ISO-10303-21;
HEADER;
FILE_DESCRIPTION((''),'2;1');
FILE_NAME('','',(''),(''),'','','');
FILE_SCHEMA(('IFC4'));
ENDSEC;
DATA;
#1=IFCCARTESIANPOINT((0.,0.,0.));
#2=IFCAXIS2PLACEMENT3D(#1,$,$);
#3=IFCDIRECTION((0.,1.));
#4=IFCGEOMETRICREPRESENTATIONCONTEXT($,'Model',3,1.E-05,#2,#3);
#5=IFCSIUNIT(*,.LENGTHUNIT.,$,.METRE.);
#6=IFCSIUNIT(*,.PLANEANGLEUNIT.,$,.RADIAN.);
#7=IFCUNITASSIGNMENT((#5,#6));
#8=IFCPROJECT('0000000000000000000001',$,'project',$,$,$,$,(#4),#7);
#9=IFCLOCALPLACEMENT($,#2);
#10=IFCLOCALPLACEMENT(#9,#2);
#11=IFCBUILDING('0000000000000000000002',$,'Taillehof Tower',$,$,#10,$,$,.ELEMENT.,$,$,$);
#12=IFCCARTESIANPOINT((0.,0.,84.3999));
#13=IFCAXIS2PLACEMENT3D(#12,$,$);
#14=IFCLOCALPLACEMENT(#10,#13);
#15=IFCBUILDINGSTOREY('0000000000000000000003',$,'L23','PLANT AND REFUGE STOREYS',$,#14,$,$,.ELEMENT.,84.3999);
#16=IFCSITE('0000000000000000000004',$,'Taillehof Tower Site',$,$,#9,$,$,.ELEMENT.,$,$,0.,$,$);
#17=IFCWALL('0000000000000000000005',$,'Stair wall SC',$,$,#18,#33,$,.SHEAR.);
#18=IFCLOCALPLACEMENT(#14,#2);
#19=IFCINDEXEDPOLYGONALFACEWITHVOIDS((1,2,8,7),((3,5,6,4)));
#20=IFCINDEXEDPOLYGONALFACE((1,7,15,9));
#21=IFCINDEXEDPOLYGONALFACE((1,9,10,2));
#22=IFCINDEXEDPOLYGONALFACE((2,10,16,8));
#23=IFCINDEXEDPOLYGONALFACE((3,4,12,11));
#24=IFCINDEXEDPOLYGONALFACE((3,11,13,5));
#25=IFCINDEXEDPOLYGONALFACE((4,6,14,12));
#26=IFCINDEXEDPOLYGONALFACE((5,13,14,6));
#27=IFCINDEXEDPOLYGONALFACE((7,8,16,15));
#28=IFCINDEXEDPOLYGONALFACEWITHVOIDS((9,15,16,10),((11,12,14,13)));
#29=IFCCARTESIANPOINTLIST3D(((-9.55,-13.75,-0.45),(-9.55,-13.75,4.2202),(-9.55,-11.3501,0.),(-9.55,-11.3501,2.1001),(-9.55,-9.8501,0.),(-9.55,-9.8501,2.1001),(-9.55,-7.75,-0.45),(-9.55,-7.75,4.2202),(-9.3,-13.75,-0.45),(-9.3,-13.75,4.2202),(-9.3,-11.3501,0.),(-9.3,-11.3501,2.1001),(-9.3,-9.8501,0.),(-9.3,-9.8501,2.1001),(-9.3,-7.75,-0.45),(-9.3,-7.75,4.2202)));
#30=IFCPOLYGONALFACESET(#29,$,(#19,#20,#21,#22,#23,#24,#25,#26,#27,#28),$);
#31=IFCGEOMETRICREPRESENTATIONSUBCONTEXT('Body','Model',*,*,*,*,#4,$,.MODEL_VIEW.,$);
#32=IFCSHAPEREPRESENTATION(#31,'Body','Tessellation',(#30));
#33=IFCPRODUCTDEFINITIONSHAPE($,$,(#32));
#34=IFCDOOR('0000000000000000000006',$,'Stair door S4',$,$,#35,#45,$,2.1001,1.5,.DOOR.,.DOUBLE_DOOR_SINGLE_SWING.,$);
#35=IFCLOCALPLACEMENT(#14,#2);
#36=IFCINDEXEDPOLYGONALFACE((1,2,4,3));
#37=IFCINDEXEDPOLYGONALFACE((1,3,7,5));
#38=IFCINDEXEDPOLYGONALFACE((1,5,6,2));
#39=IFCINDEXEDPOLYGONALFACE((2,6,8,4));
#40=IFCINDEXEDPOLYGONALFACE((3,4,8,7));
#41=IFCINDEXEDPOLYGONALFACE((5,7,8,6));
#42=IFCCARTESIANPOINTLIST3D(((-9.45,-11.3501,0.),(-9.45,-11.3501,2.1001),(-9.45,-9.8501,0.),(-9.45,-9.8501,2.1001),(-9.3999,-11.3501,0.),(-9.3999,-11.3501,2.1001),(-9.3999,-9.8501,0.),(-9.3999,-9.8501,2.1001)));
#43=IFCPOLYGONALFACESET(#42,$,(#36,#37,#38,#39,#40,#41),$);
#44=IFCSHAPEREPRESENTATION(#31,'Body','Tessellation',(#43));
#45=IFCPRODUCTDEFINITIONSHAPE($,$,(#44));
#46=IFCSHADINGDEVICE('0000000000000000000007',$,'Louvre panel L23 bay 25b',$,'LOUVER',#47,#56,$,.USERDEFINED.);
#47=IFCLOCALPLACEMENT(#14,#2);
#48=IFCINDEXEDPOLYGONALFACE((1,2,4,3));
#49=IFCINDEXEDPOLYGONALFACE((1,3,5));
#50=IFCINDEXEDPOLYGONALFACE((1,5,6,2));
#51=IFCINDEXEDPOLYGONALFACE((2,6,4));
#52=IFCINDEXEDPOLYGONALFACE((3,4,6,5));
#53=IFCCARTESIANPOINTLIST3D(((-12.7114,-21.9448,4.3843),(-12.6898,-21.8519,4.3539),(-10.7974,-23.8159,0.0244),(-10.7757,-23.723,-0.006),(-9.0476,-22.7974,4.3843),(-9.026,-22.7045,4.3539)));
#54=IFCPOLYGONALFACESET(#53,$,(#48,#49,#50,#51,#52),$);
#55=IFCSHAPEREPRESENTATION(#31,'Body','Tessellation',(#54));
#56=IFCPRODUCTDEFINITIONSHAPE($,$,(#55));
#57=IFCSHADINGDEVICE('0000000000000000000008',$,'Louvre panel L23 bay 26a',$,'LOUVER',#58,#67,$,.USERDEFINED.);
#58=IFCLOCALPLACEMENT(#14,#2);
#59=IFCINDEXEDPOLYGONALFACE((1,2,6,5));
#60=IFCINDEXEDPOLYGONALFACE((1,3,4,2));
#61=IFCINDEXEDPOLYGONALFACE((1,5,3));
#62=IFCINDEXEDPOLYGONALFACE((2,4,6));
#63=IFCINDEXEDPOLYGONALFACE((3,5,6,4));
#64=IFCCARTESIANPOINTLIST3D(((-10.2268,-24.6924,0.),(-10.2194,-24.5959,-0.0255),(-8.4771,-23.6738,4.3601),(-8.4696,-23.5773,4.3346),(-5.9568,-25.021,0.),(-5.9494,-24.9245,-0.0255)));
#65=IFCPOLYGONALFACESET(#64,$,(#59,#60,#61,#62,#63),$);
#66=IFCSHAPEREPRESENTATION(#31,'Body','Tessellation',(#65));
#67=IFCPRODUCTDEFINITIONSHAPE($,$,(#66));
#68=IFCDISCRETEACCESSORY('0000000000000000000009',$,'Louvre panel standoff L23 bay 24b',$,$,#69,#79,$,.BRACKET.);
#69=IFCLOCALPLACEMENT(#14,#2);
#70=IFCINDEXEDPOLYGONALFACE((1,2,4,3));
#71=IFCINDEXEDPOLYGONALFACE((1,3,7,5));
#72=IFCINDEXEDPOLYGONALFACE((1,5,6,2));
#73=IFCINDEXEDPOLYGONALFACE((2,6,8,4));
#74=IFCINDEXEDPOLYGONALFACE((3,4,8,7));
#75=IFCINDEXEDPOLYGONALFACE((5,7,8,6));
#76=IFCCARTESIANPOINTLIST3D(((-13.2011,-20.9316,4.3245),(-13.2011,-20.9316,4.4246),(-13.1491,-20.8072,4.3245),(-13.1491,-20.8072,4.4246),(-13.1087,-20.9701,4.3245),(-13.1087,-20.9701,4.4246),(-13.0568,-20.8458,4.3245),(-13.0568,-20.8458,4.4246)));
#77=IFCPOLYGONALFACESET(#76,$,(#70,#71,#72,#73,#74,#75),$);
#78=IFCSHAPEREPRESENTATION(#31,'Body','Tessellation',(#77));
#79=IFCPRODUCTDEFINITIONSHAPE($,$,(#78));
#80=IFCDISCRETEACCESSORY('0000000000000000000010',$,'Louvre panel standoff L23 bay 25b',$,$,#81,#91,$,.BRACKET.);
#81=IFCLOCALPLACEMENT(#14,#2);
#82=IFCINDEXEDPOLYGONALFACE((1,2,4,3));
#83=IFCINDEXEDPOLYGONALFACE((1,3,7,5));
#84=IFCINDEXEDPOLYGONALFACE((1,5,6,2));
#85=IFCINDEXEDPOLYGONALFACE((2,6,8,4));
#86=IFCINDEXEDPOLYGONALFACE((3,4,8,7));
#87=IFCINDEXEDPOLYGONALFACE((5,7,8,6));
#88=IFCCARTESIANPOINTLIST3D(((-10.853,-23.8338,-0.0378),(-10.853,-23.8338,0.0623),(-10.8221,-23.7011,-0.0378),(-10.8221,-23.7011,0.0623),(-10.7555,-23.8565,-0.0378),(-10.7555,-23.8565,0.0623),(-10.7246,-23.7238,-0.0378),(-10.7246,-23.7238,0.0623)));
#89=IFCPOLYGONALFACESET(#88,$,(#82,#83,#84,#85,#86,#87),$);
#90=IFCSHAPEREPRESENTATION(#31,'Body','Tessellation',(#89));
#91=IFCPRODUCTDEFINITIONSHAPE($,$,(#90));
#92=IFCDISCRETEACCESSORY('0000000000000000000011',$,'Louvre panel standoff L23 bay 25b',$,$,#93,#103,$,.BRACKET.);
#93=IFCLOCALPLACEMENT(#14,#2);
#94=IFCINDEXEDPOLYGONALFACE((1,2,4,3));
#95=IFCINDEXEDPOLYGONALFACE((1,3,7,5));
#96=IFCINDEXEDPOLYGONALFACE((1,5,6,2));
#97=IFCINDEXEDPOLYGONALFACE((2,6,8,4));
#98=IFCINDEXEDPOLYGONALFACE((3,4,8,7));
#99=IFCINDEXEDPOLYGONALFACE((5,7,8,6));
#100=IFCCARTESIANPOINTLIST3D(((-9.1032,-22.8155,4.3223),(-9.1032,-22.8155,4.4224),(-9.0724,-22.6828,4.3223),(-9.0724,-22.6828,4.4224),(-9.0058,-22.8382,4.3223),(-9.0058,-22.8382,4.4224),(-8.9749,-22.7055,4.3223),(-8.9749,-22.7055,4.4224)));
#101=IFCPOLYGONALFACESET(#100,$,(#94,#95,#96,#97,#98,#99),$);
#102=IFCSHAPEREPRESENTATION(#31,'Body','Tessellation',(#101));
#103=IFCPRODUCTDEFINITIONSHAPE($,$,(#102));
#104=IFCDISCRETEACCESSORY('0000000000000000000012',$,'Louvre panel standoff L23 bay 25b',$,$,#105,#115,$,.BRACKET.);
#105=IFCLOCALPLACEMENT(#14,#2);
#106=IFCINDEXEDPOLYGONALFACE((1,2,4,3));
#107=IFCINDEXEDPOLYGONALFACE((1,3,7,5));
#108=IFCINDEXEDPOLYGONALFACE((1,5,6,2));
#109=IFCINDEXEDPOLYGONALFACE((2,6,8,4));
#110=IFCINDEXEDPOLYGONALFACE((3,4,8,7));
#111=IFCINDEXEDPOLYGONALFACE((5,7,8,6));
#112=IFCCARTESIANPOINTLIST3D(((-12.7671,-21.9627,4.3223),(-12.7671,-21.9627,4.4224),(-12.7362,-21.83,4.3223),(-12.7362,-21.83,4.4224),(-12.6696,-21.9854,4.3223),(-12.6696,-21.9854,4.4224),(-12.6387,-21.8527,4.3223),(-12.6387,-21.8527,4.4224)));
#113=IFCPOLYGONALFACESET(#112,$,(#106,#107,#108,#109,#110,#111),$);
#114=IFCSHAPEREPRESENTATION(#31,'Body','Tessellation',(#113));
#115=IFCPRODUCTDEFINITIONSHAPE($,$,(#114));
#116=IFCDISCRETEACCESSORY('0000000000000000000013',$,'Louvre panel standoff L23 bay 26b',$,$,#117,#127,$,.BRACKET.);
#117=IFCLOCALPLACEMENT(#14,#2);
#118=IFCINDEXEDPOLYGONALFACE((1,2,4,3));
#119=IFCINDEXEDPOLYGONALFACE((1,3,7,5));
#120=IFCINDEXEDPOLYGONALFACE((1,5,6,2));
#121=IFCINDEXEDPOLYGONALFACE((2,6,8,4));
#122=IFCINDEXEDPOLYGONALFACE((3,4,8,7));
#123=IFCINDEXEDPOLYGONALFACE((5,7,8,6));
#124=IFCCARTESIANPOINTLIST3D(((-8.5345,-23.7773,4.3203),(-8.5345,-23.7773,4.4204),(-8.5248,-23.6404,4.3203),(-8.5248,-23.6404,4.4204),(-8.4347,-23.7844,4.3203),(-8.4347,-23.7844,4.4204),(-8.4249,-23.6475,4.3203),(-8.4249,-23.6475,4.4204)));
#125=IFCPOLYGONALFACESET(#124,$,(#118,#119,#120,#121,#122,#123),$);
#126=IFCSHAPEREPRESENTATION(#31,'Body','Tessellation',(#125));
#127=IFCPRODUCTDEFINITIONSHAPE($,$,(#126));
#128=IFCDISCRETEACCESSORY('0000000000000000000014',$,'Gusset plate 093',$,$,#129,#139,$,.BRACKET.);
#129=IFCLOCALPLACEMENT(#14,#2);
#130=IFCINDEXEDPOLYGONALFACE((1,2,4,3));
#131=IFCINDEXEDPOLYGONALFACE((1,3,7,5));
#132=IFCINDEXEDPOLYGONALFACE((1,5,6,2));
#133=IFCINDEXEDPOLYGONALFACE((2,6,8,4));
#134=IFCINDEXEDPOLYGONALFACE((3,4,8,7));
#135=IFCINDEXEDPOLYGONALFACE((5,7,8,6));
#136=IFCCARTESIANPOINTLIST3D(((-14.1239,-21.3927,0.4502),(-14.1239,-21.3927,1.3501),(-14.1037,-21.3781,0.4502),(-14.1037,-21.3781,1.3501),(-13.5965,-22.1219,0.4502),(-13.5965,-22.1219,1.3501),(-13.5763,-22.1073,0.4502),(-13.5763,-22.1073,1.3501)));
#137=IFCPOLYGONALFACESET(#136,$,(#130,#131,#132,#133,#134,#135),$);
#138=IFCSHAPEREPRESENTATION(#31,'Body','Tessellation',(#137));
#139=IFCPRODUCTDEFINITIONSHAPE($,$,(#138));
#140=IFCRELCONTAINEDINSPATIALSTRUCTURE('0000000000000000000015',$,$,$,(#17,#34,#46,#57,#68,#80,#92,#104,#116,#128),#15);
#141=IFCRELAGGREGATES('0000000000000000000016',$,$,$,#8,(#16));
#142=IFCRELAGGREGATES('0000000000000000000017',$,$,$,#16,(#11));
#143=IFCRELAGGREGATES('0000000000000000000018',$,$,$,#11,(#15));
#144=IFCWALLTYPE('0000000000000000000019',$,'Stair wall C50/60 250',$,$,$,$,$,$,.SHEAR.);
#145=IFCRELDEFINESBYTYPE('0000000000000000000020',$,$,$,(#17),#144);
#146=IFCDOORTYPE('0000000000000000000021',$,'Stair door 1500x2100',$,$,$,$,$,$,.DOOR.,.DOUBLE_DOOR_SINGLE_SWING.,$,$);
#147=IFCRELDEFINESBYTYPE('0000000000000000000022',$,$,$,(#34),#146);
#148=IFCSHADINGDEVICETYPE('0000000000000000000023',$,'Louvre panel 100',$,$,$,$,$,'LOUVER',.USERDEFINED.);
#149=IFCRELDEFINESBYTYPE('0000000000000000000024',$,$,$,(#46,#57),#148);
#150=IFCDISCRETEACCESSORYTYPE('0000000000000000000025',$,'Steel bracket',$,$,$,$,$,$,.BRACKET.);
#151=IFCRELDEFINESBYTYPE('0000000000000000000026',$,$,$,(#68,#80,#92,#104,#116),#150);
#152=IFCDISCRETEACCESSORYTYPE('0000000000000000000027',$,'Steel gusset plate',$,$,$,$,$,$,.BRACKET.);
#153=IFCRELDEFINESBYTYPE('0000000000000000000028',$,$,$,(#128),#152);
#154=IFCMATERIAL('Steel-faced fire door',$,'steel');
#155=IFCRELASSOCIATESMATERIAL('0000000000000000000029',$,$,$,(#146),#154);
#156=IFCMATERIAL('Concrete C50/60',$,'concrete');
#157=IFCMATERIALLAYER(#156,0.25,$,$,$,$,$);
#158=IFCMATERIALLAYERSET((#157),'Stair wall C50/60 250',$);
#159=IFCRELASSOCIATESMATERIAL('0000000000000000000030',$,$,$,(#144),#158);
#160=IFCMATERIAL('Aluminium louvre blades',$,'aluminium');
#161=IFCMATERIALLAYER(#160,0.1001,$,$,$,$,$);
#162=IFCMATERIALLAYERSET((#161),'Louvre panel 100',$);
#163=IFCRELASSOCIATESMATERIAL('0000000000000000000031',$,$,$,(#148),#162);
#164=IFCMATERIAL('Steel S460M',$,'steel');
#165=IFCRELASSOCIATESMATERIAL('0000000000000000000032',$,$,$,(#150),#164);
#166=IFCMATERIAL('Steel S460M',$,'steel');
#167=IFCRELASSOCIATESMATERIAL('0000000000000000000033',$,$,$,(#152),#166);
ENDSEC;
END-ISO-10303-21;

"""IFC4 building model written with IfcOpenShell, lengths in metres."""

from ifc_helpers import new_model, si_unit, direction, frame, frame_2d, origin, origin_2d, place, context, subcontext, project, spatial, polyline, rectangle, outline, extrude, material, layer, layer_set, type_object, element, fill, save


model = new_model("IFC4")

# Units and contexts
model_context = context("Model", 3, precision=1e-05, world=origin(), true_north=direction((0.0, 1.0)))
body_context = subcontext(model_context, "Body", "Model", "MODEL_VIEW")
ifc_project = project(units=[si_unit("LENGTHUNIT", "METRE"), si_unit("PLANEANGLEUNIT", "RADIAN")], contexts=[model_context])

# Site, building, storey
site_placement = place(None, origin())
site = spatial("IfcSite", under=ifc_project, at=site_placement, Name="Taillehof Tower Site", CompositionType="ELEMENT", RefElevation=0.0)
building_placement = place(site_placement, origin())
building = spatial("IfcBuilding", under=site, at=building_placement, Name="Taillehof Tower", CompositionType="ELEMENT")
storey_placement = place(building_placement, frame((0.0, 0.0, 84.3999)))
storey = spatial("IfcBuildingStorey", under=building, at=storey_placement, Name="L23", Description="PLANT AND REFUGE STOREYS", CompositionType="ELEMENT", Elevation=84.3999)

# Wall, opening, door
ifc_material_1 = material(Name="Steel-faced fire door", Category="steel")
door_type_1 = type_object("IfcDoorType", Name="Stair door 1500x2100", OperationType="DOUBLE_DOOR_SINGLE_SWING", PredefinedType="DOOR", material=ifc_material_1)
ifc_material_2 = material(Name="Concrete C50/60", Category="concrete")
ifc_layer_1 = layer(ifc_material_2, 0.25)
ifc_layer_set_1 = layer_set([ifc_layer_1], Name="Stair wall C50/60 250")
wall_type_1 = type_object("IfcWallType", Name="Stair wall C50/60 250", PredefinedType="SHEAR", material=ifc_layer_set_1)
wall_1_placement = place(storey_placement, frame((-9.425, -13.75, -0.45), z_axis=(0.0, 0.0, 1.0), x_axis=(0.0, 1.0, 0.0)))
wall_1 = element("IfcWall", 1, at=wall_1_placement, inside=storey, type_object=wall_type_1, Name="Stair wall SC", PredefinedType="SHEAR", context=body_context, shape_type="SweptSolid", body=[
    extrude(rectangle(XDim=6.0, YDim=0.25, at=frame_2d((3.0, 0.0))), origin(), (0.0, 0.0, 1.0), 4.6702),
])
opening_1_placement = place(wall_1_placement, frame((2.3999, 0.0, 0.45)))
opening_1 = element("IfcOpeningElement", 2, at=opening_1_placement, cuts=wall_1, PredefinedType="OPENING", context=body_context, shape_type="SweptSolid", body=[
    extrude(rectangle(XDim=1.5, YDim=2.1001, at=frame_2d((0.75, 1.05))), frame((0.0, 0.135, 0.0), z_axis=(0.0, -1.0, 0.0), x_axis=(1.0, 0.0, 0.0)), (0.0, 0.0, 1.0), 0.27),
])
door_1_placement = place(opening_1_placement, origin())
door_1 = element("IfcDoor", 3, at=door_1_placement, inside=storey, type_object=door_type_1, Name="Stair door S4", OperationType="DOUBLE_DOOR_SINGLE_SWING", OverallHeight=2.1001, OverallWidth=1.5, PredefinedType="DOOR", context=body_context, shape_type="SweptSolid", body=[
    extrude(rectangle(XDim=1.5, YDim=2.1001, at=frame_2d((0.75, 1.05))), frame((0.0, 0.0249, 0.0), z_axis=(0.0, -1.0, 0.0), x_axis=(1.0, 0.0, 0.0)), (0.0, 0.0, 1.0), 0.05),
])
fill(opening_1, door_1)

# Shading devices
ifc_material_3 = material(Name="Aluminium louvre blades", Category="aluminium")
ifc_layer_2 = layer(ifc_material_3, 0.1001)
ifc_layer_set_2 = layer_set([ifc_layer_2], Name="Louvre panel 100")
shading_device_type = type_object("IfcShadingDeviceType", Name="Louvre panel 100", ElementType="LOUVER", PredefinedType="USERDEFINED", material=ifc_layer_set_2)
shading_device_1_placement = place(storey_placement, frame((-10.7974, -23.8159, 0.0244), z_axis=(-0.215948, -0.928045, 0.303478), x_axis=(0.364, 0.211889, 0.906977)))
element("IfcShadingDevice", 4, at=shading_device_1_placement, inside=storey, type_object=shading_device_type, Name="Louvre panel L23 bay 25b", ObjectType="LOUVER", PredefinedType="USERDEFINED", context=body_context, shape_type="SweptSolid", body=[
    extrude(outline(polyline([(0.0, 0.0), (4.807, 0.0), (3.654, 3.5806), (0.0, 0.0)])), origin(), (0.0, 0.0, -1.0), 0.1001),
])
shading_device_2_placement = place(storey_placement, frame((-10.2268, -24.6924, 0.0), z_axis=(-0.074195, -0.964092, 0.254994), x_axis=(0.997052, -0.076731, 0.0)))
element("IfcShadingDevice", 5, at=shading_device_2_placement, inside=storey, type_object=shading_device_type, Name="Louvre panel L23 bay 26a", ObjectType="LOUVER", PredefinedType="USERDEFINED", context=body_context, shape_type="SweptSolid", body=[
    extrude(outline(polyline([(0.0, 0.0), (4.2826, 0.0), (1.6664, 4.5092), (0.0, 0.0)])), origin(), (0.0, 0.0, -1.0), 0.1001),
])

# Discrete accessories
ifc_material_4 = material(Name="Steel S460M", Category="steel")
discrete_accessory_type_1 = type_object("IfcDiscreteAccessoryType", Name="Steel bracket", PredefinedType="BRACKET", material=ifc_material_4)
discrete_accessory_1_placement = place(storey_placement, frame((-13.1289, -20.8887, 4.3245), z_axis=(0.0, 0.0, 1.0), x_axis=(-0.385471, -0.92272, 0.0)))
element("IfcDiscreteAccessory", 6, at=discrete_accessory_1_placement, inside=storey, type_object=discrete_accessory_type_1, Name="Louvre panel standoff L23 bay 24b", PredefinedType="BRACKET", context=body_context, shape_type="SweptSolid", body=[
    extrude(rectangle(XDim=0.1348, YDim=0.1001, at=origin_2d()), origin(), (0.0, 0.0, 1.0), 0.1001),
])
for number, where, z_axis, x_axis, name in (
    (7, (-10.7888, -23.7788, -0.0378), (0.0, 0.0, 1.0), (-0.226655, -0.973975, 0.0), "Louvre panel standoff L23 bay 25b"),
    (8, (-9.0391, -22.7605, 4.3223), (0.0, 0.0, 1.0), (-0.226655, -0.973975, 0.0), "Louvre panel standoff L23 bay 25b"),
    (9, (-12.7029, -21.9077, 4.3223), (0.0, 0.0, 1.0), (-0.226655, -0.973975, 0.0), "Louvre panel standoff L23 bay 25b"),
):
    element("IfcDiscreteAccessory", number, at=place(storey_placement, frame(where, z_axis=z_axis, x_axis=x_axis)), inside=storey, type_object=discrete_accessory_type_1, Name=name, PredefinedType="BRACKET", context=body_context, shape_type="SweptSolid", body=[
        extrude(rectangle(XDim=0.1362, YDim=0.1001, at=origin_2d()), origin(), (0.0, 0.0, 1.0), 0.1001),
    ])
discrete_accessory_2_placement = place(storey_placement, frame((-8.4797, -23.7124, 4.3203), z_axis=(0.0, 0.0, 1.0), x_axis=(-0.071069, -0.997471, 0.0)))
element("IfcDiscreteAccessory", 10, at=discrete_accessory_2_placement, inside=storey, type_object=discrete_accessory_type_1, Name="Louvre panel standoff L23 bay 26b", PredefinedType="BRACKET", context=body_context, shape_type="SweptSolid", body=[
    extrude(rectangle(XDim=0.1372, YDim=0.1001, at=origin_2d()), origin(), (0.0, 0.0, 1.0), 0.1001),
])
ifc_material_5 = material(Name="Steel S460M", Category="steel")
discrete_accessory_type_2 = type_object("IfcDiscreteAccessoryType", Name="Steel gusset plate", PredefinedType="BRACKET", material=ifc_material_5)
discrete_accessory_3_placement = place(storey_placement, frame((-13.8501, -21.75, 0.4502), z_axis=(0.0, 0.0, 1.0), x_axis=(0.58607, -0.810261, 0.0)))
element("IfcDiscreteAccessory", 11, at=discrete_accessory_3_placement, inside=storey, type_object=discrete_accessory_type_2, Name="Gusset plate 093", PredefinedType="BRACKET", context=body_context, shape_type="SweptSolid", body=[
    extrude(rectangle(XDim=0.8999, YDim=0.0249, at=origin_2d()), origin(), (0.0, 0.0, 1.0), 0.8999),
])

save(model, "model.ifc")
